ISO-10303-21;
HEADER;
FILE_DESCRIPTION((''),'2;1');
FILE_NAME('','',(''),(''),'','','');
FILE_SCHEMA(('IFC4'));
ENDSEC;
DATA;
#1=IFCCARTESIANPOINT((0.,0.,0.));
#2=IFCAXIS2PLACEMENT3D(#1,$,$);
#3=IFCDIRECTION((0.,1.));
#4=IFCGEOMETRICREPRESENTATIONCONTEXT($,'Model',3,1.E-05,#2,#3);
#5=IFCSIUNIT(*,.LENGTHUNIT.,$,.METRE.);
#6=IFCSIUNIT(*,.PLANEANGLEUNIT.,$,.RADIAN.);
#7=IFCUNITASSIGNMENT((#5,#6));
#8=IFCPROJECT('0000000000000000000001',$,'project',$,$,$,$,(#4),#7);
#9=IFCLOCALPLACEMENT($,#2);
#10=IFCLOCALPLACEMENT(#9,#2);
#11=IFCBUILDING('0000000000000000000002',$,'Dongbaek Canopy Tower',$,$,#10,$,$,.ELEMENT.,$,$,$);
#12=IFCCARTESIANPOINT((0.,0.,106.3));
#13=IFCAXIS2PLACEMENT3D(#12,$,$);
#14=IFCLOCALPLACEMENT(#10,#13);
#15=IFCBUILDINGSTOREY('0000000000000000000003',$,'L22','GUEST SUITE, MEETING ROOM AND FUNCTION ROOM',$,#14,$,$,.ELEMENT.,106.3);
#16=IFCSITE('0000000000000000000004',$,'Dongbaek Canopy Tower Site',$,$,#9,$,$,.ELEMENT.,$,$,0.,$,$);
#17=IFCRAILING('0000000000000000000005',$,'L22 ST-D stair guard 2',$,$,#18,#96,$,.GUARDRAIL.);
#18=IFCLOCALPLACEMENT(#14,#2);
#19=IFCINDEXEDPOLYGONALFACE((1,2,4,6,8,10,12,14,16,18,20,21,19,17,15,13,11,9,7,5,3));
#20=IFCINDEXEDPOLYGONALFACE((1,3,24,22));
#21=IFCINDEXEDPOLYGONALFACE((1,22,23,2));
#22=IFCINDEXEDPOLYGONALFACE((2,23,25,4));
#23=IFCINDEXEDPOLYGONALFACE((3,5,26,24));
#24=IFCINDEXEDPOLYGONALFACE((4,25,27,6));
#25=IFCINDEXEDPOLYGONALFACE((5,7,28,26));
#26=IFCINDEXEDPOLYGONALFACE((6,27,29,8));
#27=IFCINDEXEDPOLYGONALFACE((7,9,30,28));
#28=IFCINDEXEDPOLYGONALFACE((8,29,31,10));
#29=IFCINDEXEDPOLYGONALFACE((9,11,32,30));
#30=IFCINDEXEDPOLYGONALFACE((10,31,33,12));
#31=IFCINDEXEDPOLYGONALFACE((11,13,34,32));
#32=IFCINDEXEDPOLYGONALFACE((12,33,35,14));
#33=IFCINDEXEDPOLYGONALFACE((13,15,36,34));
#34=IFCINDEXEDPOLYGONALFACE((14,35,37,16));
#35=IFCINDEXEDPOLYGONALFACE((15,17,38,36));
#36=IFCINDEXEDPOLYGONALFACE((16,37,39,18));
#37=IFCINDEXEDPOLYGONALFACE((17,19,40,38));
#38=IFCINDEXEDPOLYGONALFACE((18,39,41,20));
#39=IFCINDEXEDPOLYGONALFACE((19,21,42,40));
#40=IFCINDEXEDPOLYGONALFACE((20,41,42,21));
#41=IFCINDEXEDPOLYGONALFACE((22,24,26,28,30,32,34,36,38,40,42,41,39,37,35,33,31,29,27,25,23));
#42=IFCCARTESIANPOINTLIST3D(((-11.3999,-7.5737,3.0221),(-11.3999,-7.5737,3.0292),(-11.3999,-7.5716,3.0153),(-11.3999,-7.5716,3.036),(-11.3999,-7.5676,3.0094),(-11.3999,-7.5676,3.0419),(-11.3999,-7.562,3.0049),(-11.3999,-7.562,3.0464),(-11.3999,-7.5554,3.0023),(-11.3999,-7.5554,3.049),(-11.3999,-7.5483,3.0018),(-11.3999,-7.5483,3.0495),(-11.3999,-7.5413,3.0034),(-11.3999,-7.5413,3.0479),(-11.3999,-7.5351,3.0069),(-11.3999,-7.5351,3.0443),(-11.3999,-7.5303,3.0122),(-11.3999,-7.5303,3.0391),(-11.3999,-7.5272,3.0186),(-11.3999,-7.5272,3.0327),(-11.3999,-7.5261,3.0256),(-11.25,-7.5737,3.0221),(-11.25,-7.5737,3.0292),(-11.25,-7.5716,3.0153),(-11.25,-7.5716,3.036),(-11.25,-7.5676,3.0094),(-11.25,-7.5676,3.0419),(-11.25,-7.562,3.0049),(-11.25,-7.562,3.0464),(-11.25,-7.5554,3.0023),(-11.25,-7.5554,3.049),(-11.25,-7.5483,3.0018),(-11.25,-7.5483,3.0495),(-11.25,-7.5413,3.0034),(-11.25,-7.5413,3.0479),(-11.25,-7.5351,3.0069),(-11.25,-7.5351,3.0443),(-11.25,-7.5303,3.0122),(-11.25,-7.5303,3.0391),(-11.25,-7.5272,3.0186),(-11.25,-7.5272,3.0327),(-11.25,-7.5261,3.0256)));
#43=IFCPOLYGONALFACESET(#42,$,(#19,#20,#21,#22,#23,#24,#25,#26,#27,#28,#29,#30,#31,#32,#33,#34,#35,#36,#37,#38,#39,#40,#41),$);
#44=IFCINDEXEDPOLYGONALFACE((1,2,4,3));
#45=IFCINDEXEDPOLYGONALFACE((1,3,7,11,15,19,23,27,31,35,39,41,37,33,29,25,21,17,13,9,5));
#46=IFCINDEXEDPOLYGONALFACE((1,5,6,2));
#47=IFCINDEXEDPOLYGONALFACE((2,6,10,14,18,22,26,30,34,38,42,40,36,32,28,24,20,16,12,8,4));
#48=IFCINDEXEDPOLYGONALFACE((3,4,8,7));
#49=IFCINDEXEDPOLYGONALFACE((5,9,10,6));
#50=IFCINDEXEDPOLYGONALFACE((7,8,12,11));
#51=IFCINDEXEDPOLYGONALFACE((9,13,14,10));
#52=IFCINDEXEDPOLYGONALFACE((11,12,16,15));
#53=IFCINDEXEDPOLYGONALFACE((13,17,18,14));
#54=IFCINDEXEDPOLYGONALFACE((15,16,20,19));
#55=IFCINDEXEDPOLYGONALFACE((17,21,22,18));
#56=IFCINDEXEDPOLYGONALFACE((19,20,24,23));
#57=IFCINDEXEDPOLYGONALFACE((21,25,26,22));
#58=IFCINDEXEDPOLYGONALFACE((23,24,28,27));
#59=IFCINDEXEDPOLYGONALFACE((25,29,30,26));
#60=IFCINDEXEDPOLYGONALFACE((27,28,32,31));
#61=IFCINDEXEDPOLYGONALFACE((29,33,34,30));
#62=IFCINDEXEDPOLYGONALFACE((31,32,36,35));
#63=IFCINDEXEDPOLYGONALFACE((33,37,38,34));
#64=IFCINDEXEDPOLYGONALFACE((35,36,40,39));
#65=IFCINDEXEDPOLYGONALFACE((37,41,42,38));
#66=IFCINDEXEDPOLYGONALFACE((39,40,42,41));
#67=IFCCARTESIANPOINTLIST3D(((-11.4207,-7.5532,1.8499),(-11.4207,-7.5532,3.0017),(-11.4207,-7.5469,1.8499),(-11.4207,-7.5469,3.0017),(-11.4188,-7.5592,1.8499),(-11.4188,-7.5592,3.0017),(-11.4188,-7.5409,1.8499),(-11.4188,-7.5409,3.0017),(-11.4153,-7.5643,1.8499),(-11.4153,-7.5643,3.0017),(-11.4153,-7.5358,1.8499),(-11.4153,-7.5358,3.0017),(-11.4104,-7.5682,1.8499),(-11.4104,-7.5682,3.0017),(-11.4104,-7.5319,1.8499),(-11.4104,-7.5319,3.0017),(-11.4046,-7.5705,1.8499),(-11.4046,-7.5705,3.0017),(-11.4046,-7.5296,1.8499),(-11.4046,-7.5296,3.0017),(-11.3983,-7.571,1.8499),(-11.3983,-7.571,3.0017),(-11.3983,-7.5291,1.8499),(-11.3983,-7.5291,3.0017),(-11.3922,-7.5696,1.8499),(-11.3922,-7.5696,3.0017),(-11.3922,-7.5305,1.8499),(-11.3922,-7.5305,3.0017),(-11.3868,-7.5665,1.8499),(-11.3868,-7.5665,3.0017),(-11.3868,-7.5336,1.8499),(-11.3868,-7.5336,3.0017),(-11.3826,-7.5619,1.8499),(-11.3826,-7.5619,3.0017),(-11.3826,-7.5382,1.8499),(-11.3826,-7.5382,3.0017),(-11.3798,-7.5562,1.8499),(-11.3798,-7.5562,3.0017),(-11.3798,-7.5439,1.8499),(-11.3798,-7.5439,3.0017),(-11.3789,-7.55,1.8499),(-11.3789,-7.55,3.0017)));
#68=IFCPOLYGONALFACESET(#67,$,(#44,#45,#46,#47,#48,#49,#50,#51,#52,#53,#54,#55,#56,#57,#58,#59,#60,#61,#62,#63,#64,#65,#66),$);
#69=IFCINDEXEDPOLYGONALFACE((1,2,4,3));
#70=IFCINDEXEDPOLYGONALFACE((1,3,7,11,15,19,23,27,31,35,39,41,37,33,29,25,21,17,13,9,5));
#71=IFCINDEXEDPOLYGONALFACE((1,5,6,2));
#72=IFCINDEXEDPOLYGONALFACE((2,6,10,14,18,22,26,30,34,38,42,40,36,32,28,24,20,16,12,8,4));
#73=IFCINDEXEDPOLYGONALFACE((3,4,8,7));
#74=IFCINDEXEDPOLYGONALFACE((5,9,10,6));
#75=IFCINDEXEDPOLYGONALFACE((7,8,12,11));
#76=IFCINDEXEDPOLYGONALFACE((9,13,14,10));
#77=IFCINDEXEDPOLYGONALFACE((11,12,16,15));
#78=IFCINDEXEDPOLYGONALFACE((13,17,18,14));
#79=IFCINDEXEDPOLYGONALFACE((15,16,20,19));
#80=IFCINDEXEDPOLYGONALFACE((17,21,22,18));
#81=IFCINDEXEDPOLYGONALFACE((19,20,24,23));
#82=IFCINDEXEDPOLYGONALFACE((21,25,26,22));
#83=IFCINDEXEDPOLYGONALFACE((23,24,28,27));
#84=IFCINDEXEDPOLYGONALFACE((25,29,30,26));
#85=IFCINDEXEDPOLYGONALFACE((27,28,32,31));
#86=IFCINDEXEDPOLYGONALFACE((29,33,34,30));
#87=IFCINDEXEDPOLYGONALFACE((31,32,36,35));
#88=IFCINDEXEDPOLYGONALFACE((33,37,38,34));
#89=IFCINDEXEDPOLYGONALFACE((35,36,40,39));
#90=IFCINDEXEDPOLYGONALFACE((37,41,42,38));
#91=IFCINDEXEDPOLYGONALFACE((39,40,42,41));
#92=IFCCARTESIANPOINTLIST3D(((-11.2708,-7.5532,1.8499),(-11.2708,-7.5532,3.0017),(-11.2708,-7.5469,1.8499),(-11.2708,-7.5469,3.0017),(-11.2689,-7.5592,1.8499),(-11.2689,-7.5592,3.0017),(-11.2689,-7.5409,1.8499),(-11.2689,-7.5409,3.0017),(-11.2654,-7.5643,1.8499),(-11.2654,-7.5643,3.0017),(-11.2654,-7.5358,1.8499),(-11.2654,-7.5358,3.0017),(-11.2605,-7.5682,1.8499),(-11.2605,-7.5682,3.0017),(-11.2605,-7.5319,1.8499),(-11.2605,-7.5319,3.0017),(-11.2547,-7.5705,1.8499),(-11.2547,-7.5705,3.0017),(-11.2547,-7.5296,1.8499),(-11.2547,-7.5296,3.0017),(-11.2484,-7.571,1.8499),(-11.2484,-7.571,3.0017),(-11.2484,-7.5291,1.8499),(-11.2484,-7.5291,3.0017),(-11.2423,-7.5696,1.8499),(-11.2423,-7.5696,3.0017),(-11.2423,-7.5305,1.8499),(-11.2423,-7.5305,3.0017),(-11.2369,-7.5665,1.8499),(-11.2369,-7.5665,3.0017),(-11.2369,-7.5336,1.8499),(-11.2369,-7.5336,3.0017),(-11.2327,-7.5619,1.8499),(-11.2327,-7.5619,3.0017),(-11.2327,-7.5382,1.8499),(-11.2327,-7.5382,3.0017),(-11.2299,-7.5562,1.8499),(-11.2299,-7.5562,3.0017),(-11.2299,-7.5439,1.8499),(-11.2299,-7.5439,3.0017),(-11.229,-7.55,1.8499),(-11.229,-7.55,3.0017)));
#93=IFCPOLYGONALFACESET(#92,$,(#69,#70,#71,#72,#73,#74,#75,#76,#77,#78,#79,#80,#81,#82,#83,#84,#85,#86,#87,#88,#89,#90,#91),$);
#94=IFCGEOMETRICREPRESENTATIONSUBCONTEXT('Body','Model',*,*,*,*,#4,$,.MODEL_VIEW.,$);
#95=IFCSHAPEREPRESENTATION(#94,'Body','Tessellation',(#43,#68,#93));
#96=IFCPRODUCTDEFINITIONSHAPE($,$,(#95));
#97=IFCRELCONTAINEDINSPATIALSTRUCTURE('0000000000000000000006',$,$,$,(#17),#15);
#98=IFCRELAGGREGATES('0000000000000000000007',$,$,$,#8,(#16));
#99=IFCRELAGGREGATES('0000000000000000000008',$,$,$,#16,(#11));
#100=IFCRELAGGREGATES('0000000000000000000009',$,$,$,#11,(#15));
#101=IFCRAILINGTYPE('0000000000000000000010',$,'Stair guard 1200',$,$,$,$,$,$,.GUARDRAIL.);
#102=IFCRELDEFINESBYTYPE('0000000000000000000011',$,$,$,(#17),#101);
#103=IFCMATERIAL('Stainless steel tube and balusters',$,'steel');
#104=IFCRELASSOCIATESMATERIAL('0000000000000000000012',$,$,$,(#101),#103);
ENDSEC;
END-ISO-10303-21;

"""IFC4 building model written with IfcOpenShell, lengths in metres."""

from ifc_helpers import new_model, si_unit, direction, frame, origin, origin_2d, place, context, subcontext, project, spatial, circle, extrude, material, type_object, element, save


model = new_model("IFC4")

# Units and contexts
model_context = context("Model", 3, precision=1e-05, world=origin(), true_north=direction((0.0, 1.0)))
body_context = subcontext(model_context, "Body", "Model", "MODEL_VIEW")
ifc_project = project(units=[si_unit("LENGTHUNIT", "METRE"), si_unit("PLANEANGLEUNIT", "RADIAN")], contexts=[model_context])

# Site, building, storey
site_placement = place(None, origin())
site = spatial("IfcSite", under=ifc_project, at=site_placement, Name="Dongbaek Canopy Tower Site", CompositionType="ELEMENT", RefElevation=0.0)
building_placement = place(site_placement, origin())
building = spatial("IfcBuilding", under=site, at=building_placement, Name="Dongbaek Canopy Tower", CompositionType="ELEMENT")
storey_placement = place(building_placement, frame((0.0, 0.0, 106.3)))
storey = spatial("IfcBuildingStorey", under=building, at=storey_placement, Name="L22", Description="GUEST SUITE, MEETING ROOM AND FUNCTION ROOM", CompositionType="ELEMENT", Elevation=106.3)

# Railing
ifc_material_1 = material(Name="Stainless steel tube and balusters", Category="steel")
railing_type_1 = type_object("IfcRailingType", Name="Stair guard 1200", PredefinedType="GUARDRAIL", material=ifc_material_1)
railing_1_placement = place(storey_placement, frame((-11.3999, -7.55, 1.8499)))
element("IfcRailing", 1, at=railing_1_placement, inside=storey, type_object=railing_type_1, Name="L22 ST-D stair guard 2", PredefinedType="GUARDRAIL", context=body_context, shape_type="SweptSolid", body=[
    extrude(circle(Radius=0.0239, at=origin_2d()), frame((0.0, 0.0, 1.1758), z_axis=(1.0, 0.0, 0.0), x_axis=(0.0, 1.0, 0.0)), (0.0, 0.0, 1.0), 0.1499),
    extrude(circle(Radius=0.021, at=origin_2d()), origin(), (0.0, 0.0, 1.0), 1.1519),
    extrude(circle(Radius=0.021, at=origin_2d()), frame((0.1499, 0.0, 0.0)), (0.0, 0.0, 1.0), 1.1519),
])

save(model, "model.ifc")
